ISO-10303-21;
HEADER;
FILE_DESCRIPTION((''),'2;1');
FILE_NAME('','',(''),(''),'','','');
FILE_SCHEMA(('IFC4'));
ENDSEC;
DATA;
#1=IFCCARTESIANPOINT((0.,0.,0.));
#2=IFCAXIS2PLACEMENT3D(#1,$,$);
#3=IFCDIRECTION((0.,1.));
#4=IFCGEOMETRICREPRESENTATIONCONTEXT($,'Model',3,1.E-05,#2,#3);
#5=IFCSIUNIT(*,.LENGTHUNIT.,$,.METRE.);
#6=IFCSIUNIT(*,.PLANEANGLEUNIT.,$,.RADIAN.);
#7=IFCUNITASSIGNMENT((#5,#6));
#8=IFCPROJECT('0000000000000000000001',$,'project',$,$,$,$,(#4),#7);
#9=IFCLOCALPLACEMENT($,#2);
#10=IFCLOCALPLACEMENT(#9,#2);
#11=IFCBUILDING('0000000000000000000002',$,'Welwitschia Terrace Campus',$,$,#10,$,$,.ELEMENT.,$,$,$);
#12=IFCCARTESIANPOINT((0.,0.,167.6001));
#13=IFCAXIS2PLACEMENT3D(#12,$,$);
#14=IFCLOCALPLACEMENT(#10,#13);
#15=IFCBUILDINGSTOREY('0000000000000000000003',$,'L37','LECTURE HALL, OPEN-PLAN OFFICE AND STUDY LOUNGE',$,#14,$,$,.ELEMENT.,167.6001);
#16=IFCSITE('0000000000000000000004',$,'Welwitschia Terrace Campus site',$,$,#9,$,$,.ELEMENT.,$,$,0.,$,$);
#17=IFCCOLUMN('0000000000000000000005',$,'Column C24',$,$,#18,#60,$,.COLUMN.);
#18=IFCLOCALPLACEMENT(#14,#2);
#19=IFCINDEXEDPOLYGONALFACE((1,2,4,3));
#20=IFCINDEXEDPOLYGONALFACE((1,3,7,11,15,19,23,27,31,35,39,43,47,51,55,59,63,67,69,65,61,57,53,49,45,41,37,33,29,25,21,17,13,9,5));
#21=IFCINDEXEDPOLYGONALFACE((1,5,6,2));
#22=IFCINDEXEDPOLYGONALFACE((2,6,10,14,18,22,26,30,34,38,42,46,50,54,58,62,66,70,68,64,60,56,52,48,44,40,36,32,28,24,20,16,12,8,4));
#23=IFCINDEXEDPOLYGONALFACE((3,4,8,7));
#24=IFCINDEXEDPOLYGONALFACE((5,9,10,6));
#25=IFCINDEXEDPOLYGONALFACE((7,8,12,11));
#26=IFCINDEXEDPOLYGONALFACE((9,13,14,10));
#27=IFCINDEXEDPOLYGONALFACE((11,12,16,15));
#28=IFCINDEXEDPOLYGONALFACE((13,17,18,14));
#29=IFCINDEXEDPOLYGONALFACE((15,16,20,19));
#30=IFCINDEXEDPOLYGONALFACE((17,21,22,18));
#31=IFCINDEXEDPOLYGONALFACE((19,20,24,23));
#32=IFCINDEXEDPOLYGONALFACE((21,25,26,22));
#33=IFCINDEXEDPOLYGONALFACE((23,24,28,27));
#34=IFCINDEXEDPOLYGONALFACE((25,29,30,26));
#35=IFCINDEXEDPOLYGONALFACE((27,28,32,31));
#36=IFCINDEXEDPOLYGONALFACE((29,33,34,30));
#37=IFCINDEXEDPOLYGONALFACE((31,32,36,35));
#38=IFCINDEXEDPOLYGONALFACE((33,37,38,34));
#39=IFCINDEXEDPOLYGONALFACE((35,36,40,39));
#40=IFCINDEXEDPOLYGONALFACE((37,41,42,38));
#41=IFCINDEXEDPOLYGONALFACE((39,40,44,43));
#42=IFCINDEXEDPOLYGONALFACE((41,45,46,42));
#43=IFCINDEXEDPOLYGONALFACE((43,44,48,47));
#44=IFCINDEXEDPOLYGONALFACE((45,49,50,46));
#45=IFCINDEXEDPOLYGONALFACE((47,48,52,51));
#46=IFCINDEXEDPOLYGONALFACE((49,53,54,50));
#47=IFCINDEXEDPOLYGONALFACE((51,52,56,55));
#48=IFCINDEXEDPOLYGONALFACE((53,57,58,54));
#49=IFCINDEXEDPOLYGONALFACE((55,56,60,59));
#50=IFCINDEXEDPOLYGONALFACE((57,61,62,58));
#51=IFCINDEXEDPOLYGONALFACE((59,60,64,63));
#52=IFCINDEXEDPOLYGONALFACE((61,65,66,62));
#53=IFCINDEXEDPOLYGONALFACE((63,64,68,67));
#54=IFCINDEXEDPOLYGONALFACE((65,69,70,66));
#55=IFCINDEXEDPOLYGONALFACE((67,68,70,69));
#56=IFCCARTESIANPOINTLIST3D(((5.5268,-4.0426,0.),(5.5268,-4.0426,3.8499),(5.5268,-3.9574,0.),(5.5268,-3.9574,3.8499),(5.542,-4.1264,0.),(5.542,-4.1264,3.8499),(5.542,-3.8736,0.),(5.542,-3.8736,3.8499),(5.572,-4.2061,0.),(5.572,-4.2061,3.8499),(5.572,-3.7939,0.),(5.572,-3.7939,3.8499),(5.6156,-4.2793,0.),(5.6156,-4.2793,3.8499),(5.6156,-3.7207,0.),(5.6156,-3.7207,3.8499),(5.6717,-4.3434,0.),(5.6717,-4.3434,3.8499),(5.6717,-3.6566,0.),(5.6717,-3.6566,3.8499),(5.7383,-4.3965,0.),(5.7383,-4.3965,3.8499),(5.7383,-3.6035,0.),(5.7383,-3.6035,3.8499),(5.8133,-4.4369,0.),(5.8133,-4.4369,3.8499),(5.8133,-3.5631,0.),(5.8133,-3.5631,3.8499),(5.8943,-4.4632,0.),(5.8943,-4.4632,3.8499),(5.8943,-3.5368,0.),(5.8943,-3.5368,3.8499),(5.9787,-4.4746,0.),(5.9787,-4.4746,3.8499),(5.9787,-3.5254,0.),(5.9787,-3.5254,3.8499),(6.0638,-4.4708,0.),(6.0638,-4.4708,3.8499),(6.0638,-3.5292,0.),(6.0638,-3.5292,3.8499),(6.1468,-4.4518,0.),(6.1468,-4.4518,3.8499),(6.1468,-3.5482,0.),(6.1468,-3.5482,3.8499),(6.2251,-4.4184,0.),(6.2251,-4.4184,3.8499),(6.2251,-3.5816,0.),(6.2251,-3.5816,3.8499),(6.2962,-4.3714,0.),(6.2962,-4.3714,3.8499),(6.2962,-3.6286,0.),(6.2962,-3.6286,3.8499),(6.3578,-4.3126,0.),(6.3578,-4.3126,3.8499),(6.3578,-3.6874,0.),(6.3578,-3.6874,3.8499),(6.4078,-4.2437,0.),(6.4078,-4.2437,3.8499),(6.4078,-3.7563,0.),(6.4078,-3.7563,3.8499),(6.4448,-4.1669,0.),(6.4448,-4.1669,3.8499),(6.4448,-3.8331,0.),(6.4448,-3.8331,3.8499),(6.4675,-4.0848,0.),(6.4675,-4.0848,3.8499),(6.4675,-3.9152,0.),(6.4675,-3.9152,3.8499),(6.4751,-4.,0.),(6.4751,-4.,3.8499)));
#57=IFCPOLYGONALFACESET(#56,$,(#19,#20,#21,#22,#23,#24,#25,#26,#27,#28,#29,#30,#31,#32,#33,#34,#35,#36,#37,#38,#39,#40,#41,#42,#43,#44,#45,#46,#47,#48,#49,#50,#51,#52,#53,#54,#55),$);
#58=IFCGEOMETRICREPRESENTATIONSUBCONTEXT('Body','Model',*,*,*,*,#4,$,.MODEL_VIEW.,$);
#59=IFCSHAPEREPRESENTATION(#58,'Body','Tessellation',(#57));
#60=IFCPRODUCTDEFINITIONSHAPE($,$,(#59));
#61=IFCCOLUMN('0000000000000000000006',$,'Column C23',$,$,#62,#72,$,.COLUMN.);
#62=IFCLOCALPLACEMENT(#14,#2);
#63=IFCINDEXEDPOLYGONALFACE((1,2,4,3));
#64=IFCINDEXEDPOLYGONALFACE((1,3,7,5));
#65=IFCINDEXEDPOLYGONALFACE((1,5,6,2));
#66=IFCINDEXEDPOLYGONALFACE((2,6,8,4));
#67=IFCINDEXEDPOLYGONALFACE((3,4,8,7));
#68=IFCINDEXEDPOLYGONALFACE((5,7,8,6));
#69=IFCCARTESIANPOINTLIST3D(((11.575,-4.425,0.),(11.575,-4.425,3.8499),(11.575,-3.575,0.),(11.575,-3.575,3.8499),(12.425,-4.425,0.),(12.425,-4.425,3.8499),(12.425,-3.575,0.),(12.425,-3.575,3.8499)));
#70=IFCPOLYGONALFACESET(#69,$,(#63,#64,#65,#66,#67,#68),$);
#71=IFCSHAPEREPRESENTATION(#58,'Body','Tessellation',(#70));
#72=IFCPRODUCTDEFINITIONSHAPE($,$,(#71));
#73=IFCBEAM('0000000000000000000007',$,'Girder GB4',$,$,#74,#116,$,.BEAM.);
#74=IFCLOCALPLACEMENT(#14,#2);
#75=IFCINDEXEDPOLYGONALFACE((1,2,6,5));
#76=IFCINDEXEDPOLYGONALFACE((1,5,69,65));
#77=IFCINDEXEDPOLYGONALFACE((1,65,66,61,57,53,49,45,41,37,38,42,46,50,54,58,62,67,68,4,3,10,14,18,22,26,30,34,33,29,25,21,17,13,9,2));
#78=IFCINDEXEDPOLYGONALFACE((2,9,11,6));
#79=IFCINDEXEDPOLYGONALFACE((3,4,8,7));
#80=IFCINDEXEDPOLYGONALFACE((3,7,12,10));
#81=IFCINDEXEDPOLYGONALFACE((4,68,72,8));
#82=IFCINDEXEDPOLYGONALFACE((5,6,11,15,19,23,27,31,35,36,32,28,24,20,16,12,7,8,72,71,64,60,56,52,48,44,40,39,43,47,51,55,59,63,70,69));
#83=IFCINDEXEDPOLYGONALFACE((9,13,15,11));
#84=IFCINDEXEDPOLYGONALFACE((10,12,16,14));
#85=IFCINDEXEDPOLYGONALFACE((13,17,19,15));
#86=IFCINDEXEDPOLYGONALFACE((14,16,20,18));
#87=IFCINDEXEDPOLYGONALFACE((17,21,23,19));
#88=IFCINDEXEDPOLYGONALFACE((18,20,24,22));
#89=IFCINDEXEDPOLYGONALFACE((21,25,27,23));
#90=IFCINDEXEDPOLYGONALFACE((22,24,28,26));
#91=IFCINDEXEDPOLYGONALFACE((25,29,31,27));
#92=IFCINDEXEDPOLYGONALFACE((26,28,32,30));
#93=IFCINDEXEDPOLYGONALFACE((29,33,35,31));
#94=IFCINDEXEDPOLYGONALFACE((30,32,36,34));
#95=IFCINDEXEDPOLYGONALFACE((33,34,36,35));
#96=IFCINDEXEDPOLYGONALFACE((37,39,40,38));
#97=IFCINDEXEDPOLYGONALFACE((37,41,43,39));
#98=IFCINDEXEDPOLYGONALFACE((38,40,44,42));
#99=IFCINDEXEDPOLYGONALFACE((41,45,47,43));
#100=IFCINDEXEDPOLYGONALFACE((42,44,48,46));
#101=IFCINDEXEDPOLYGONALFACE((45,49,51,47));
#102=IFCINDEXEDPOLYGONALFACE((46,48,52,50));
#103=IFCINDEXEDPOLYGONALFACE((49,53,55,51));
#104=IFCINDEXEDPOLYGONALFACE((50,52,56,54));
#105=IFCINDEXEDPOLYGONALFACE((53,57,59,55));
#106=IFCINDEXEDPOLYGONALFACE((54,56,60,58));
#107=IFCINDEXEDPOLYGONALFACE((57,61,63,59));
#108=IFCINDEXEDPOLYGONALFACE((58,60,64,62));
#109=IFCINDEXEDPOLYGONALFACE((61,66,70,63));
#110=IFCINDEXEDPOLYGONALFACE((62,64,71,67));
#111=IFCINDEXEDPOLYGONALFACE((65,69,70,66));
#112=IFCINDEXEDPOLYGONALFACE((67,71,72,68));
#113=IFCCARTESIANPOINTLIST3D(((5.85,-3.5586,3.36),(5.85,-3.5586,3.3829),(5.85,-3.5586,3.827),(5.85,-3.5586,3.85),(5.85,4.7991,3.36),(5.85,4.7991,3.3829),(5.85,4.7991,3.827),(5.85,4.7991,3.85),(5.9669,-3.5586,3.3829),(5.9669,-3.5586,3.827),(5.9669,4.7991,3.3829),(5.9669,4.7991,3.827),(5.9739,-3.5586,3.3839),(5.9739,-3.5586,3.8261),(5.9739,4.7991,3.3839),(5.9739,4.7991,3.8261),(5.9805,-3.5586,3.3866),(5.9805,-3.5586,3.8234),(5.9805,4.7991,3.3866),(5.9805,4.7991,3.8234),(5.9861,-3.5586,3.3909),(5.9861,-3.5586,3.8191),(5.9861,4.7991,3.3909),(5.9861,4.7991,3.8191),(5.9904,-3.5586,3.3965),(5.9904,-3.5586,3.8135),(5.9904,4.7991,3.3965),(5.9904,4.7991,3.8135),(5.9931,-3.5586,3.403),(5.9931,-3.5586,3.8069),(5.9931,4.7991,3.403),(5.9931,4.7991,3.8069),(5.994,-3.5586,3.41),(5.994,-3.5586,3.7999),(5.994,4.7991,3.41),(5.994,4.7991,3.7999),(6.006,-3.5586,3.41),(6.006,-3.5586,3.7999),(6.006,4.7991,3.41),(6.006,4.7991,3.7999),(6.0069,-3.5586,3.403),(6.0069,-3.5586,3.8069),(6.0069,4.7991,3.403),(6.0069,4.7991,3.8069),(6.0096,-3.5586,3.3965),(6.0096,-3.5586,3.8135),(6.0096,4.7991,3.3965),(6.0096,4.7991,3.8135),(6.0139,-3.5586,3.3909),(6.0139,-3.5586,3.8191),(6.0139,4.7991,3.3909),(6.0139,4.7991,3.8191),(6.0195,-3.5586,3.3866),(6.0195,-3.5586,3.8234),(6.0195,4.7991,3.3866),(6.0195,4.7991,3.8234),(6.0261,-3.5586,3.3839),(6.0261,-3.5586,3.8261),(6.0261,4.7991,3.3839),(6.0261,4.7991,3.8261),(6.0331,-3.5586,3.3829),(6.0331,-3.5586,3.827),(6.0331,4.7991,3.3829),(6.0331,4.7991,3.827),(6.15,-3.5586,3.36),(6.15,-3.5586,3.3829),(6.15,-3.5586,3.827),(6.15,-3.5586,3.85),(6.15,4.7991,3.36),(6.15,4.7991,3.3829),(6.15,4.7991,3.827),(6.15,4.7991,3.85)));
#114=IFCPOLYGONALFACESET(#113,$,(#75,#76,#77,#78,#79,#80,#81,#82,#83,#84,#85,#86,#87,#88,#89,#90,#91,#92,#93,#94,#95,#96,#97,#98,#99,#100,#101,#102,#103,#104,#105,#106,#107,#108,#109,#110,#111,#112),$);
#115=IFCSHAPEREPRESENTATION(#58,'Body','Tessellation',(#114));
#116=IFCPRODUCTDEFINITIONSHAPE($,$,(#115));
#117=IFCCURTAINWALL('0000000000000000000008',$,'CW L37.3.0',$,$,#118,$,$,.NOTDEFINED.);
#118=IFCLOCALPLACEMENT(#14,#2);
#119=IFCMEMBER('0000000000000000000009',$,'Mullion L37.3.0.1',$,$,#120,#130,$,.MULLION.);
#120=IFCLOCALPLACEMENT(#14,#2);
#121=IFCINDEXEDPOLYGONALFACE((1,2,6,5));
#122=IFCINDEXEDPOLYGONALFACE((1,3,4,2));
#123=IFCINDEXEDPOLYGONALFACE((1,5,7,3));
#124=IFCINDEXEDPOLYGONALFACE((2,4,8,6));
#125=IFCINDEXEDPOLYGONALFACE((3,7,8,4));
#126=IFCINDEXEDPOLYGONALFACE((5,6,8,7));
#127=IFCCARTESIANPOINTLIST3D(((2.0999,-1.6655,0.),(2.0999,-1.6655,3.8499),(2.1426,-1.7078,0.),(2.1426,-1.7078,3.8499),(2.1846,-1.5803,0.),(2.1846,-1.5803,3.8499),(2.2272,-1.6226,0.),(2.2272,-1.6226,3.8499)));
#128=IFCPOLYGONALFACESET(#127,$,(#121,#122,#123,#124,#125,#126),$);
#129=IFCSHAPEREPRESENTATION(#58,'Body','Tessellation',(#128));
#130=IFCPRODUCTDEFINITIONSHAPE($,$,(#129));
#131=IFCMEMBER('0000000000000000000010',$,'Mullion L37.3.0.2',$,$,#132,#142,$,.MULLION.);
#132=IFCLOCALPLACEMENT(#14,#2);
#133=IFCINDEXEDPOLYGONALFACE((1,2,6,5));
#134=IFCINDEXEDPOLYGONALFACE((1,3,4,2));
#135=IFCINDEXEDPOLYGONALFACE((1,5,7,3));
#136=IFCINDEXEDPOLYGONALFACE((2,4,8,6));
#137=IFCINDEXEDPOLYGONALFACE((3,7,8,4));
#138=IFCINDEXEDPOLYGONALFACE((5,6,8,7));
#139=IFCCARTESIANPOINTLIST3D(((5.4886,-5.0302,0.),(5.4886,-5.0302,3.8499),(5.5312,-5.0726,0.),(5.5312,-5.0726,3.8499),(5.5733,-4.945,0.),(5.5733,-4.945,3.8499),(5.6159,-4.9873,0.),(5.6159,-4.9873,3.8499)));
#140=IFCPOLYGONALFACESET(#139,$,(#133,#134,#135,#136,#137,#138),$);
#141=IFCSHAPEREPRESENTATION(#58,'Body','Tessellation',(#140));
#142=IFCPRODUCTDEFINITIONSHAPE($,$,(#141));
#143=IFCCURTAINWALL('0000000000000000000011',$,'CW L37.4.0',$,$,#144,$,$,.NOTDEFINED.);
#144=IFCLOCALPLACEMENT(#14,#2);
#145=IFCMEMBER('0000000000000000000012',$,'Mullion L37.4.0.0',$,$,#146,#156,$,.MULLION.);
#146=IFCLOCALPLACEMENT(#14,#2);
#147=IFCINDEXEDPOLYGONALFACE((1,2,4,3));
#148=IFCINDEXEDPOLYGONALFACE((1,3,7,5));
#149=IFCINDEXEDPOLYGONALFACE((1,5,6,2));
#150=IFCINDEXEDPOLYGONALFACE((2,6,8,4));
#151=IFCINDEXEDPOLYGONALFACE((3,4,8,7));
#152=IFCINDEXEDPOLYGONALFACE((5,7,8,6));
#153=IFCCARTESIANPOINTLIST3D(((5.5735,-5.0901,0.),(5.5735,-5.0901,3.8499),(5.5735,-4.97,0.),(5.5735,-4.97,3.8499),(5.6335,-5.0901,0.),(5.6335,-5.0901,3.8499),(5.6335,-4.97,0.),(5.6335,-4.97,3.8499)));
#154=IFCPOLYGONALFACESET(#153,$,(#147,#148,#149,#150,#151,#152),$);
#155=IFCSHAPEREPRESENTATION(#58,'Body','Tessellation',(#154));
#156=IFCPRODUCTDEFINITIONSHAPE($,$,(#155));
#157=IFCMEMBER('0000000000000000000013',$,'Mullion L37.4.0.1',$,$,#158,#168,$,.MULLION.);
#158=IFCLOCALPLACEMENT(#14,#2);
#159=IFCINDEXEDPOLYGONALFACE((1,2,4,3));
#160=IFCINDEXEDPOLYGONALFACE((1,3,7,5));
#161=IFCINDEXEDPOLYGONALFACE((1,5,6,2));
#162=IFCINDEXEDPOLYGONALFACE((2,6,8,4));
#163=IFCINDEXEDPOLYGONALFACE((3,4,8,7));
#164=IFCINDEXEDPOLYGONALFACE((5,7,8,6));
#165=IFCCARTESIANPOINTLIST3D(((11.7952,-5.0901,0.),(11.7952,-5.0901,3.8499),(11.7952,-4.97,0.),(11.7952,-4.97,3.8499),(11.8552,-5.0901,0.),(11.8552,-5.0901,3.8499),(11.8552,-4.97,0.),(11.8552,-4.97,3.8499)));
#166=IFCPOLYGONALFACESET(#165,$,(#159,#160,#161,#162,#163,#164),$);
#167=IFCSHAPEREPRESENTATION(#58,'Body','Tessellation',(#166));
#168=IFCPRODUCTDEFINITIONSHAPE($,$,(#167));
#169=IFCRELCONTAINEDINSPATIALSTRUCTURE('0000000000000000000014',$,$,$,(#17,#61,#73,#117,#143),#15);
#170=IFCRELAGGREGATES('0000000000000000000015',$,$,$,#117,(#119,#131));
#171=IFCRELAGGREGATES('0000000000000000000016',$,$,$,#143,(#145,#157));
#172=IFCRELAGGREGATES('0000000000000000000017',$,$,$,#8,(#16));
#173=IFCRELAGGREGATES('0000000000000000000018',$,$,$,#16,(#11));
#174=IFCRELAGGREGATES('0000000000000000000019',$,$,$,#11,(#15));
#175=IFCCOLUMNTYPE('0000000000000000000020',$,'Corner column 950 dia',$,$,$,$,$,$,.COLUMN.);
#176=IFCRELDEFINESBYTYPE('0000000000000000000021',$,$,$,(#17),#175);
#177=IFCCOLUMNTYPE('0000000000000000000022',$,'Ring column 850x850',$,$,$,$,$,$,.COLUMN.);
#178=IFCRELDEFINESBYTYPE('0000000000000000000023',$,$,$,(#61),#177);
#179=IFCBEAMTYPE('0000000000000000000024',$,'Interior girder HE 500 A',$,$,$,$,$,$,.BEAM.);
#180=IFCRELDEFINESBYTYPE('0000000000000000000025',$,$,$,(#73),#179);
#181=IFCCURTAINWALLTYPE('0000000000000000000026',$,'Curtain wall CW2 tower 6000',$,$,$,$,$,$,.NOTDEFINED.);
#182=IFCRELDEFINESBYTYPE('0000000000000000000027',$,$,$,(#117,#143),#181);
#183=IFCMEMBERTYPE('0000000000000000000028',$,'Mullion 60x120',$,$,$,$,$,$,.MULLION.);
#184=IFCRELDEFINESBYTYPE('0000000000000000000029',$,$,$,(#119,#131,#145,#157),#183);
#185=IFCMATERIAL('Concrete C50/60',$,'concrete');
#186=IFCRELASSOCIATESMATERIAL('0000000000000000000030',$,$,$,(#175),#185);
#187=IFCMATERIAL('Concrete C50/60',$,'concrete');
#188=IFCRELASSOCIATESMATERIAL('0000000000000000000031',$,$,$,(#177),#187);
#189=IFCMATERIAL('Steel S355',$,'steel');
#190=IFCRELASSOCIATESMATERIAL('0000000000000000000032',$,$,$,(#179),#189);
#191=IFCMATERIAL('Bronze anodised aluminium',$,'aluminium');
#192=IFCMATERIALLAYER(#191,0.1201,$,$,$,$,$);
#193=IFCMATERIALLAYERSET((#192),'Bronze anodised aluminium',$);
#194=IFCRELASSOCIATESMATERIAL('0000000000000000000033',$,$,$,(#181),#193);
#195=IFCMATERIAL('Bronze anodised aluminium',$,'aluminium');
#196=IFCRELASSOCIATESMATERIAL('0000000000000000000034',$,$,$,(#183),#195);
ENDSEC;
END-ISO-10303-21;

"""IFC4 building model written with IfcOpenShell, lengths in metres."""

from ifc_helpers import new_model, si_unit, direction, frame, origin, origin_2d, place, context, subcontext, project, spatial, rectangle, circle, i_section, extrude, material, layer, layer_set, material_profile, profile_set, type_object, element, aggregate, save


model = new_model("IFC4")

# Units and contexts
model_context = context("Model", 3, precision=1e-05, world=origin(), true_north=direction((0.0, 1.0)))
body_context = subcontext(model_context, "Body", "Model", "MODEL_VIEW")
ifc_project = project(units=[si_unit("LENGTHUNIT", "METRE"), si_unit("PLANEANGLEUNIT", "RADIAN")], contexts=[model_context])

# Site, building, storey
site_placement = place(None, origin())
site = spatial("IfcSite", under=ifc_project, at=site_placement, Name="Welwitschia Terrace Campus site", CompositionType="ELEMENT", RefElevation=0.0)
building_placement = place(site_placement, origin())
building = spatial("IfcBuilding", under=site, at=building_placement, Name="Welwitschia Terrace Campus", CompositionType="ELEMENT")
storey_placement = place(building_placement, frame((0.0, 0.0, 167.6001)))
storey = spatial("IfcBuildingStorey", under=building, at=storey_placement, Name="L37", Description="LECTURE HALL, OPEN-PLAN OFFICE AND STUDY LOUNGE", CompositionType="ELEMENT", Elevation=167.6001)

# Columns
ifc_material_1 = material(Name="Concrete C50/60", Category="concrete")
ifc_material_profile_1 = material_profile(ifc_material_1, circle(Radius=0.4751, at=origin_2d()))
ifc_profile_set_1 = profile_set([ifc_material_profile_1], Name="Concrete C50/60")
column_type_1 = type_object("IfcColumnType", Name="Corner column 950 dia", PredefinedType="COLUMN", material=ifc_profile_set_1)
column_1_placement = place(storey_placement, frame((6.0, -4.0, 0.0), z_axis=(0.0, 0.0, 1.0), x_axis=(1.0, 0.0, 0.0)))
element("IfcColumn", 1, at=column_1_placement, inside=storey, type_object=column_type_1, Name="Column C24", PredefinedType="COLUMN", context=body_context, shape_type="SweptSolid", body=[
    extrude(circle(Radius=0.4751, at=origin_2d()), origin(), (0.0, 0.0, 1.0), 3.8499),
])
ifc_material_2 = material(Name="Concrete C50/60", Category="concrete")
ifc_material_profile_2 = material_profile(ifc_material_2, rectangle(XDim=0.8501, YDim=0.8501, at=origin_2d()))
ifc_profile_set_2 = profile_set([ifc_material_profile_2], Name="Concrete C50/60")
column_type_2 = type_object("IfcColumnType", Name="Ring column 850x850", PredefinedType="COLUMN", material=ifc_profile_set_2)
column_2_placement = place(storey_placement, frame((12.0, -4.0, 0.0), z_axis=(0.0, 0.0, 1.0), x_axis=(1.0, 0.0, 0.0)))
element("IfcColumn", 2, at=column_2_placement, inside=storey, type_object=column_type_2, Name="Column C23", PredefinedType="COLUMN", context=body_context, shape_type="SweptSolid", body=[
    extrude(rectangle(XDim=0.8501, YDim=0.8501, at=origin_2d()), origin(), (0.0, 0.0, 1.0), 3.8499),
])

# Beam
ifc_material_3 = material(Name="Steel S355", Category="steel")
ifc_material_profile_3 = material_profile(ifc_material_3, i_section(OverallWidth=0.3, OverallDepth=0.49, WebThickness=0.012, FlangeThickness=0.0229, FilletRadius=0.0271, at=origin_2d()))
ifc_profile_set_3 = profile_set([ifc_material_profile_3], Name="Steel S355")
beam_type_1 = type_object("IfcBeamType", Name="Interior girder HE 500 A", PredefinedType="BEAM", material=ifc_profile_set_3)
beam_1_placement = place(storey_placement, frame((6.0, -3.5586, 3.605), z_axis=(0.0, 1.0, 0.0), x_axis=(-1.0, 0.0, 0.0)))
element("IfcBeam", 3, at=beam_1_placement, inside=storey, type_object=beam_type_1, Name="Girder GB4", PredefinedType="BEAM", context=body_context, shape_type="SweptSolid", body=[
    extrude(i_section(OverallWidth=0.3, OverallDepth=0.49, WebThickness=0.012, FlangeThickness=0.0229, FilletRadius=0.0271, at=origin_2d()), origin(), (0.0, 0.0, 1.0), 8.3577),
])

# Curtain walls, members
ifc_material_4 = material(Name="Bronze anodised aluminium", Category="aluminium")
ifc_layer_1 = layer(ifc_material_4, 0.1201)
ifc_layer_set_1 = layer_set([ifc_layer_1], Name="Bronze anodised aluminium")
curtain_wall_type = type_object("IfcCurtainWallType", Name="Curtain wall CW2 tower 6000", PredefinedType="NOTDEFINED", material=ifc_layer_set_1)
curtain_wall_1_placement = place(storey_placement, origin())
curtain_wall_1 = element("IfcCurtainWall", 4, at=curtain_wall_1_placement, inside=storey, type_object=curtain_wall_type, Name="CW L37.3.0", PredefinedType="NOTDEFINED")
ifc_material_5 = material(Name="Bronze anodised aluminium", Category="aluminium")
ifc_material_profile_4 = material_profile(ifc_material_5, rectangle(XDim=0.1201, YDim=0.0601, at=origin_2d()))
ifc_profile_set_4 = profile_set([ifc_material_profile_4], Name="Bronze anodised aluminium")
member_type_1 = type_object("IfcMemberType", Name="Mullion 60x120", PredefinedType="MULLION", material=ifc_profile_set_4)
member_1_placement = place(storey_placement, frame((2.1636, -1.644, 0.0), z_axis=(0.0, 0.0, 1.0), x_axis=(0.704619, 0.709586, 0.0)))
member_1 = element("IfcMember", 5, at=member_1_placement, type_object=member_type_1, Name="Mullion L37.3.0.1", PredefinedType="MULLION", context=body_context, shape_type="SweptSolid", body=[
    extrude(rectangle(XDim=0.1201, YDim=0.0601, at=origin_2d()), origin(), (0.0, 0.0, 1.0), 3.8499),
])
member_2_placement = place(storey_placement, frame((5.5522, -5.0088, 0.0), z_axis=(0.0, 0.0, 1.0), x_axis=(0.704619, 0.709586, 0.0)))
member_2 = element("IfcMember", 6, at=member_2_placement, type_object=member_type_1, Name="Mullion L37.3.0.2", PredefinedType="MULLION", context=body_context, shape_type="SweptSolid", body=[
    extrude(rectangle(XDim=0.1201, YDim=0.0601, at=origin_2d()), origin(), (0.0, 0.0, 1.0), 3.8499),
])
curtain_wall_2_placement = place(storey_placement, origin())
curtain_wall_2 = element("IfcCurtainWall", 7, at=curtain_wall_2_placement, inside=storey, type_object=curtain_wall_type, Name="CW L37.4.0", PredefinedType="NOTDEFINED")
member_3_placement = place(storey_placement, frame((5.6035, -5.03, 0.0), z_axis=(0.0, 0.0, 1.0), x_axis=(0.0, 1.0, 0.0)))
member_3 = element("IfcMember", 8, at=member_3_placement, type_object=member_type_1, Name="Mullion L37.4.0.0", PredefinedType="MULLION", context=body_context, shape_type="SweptSolid", body=[
    extrude(rectangle(XDim=0.1201, YDim=0.0601, at=origin_2d()), origin(), (0.0, 0.0, 1.0), 3.8499),
])
member_4_placement = place(storey_placement, frame((11.8252, -5.03, 0.0), z_axis=(0.0, 0.0, 1.0), x_axis=(0.0, 1.0, 0.0)))
member_4 = element("IfcMember", 9, at=member_4_placement, type_object=member_type_1, Name="Mullion L37.4.0.1", PredefinedType="MULLION", context=body_context, shape_type="SweptSolid", body=[
    extrude(rectangle(XDim=0.1201, YDim=0.0601, at=origin_2d()), origin(), (0.0, 0.0, 1.0), 3.8499),
])

aggregate(curtain_wall_1, [member_1, member_2])
aggregate(curtain_wall_2, [member_3, member_4])

save(model, "model.ifc")
